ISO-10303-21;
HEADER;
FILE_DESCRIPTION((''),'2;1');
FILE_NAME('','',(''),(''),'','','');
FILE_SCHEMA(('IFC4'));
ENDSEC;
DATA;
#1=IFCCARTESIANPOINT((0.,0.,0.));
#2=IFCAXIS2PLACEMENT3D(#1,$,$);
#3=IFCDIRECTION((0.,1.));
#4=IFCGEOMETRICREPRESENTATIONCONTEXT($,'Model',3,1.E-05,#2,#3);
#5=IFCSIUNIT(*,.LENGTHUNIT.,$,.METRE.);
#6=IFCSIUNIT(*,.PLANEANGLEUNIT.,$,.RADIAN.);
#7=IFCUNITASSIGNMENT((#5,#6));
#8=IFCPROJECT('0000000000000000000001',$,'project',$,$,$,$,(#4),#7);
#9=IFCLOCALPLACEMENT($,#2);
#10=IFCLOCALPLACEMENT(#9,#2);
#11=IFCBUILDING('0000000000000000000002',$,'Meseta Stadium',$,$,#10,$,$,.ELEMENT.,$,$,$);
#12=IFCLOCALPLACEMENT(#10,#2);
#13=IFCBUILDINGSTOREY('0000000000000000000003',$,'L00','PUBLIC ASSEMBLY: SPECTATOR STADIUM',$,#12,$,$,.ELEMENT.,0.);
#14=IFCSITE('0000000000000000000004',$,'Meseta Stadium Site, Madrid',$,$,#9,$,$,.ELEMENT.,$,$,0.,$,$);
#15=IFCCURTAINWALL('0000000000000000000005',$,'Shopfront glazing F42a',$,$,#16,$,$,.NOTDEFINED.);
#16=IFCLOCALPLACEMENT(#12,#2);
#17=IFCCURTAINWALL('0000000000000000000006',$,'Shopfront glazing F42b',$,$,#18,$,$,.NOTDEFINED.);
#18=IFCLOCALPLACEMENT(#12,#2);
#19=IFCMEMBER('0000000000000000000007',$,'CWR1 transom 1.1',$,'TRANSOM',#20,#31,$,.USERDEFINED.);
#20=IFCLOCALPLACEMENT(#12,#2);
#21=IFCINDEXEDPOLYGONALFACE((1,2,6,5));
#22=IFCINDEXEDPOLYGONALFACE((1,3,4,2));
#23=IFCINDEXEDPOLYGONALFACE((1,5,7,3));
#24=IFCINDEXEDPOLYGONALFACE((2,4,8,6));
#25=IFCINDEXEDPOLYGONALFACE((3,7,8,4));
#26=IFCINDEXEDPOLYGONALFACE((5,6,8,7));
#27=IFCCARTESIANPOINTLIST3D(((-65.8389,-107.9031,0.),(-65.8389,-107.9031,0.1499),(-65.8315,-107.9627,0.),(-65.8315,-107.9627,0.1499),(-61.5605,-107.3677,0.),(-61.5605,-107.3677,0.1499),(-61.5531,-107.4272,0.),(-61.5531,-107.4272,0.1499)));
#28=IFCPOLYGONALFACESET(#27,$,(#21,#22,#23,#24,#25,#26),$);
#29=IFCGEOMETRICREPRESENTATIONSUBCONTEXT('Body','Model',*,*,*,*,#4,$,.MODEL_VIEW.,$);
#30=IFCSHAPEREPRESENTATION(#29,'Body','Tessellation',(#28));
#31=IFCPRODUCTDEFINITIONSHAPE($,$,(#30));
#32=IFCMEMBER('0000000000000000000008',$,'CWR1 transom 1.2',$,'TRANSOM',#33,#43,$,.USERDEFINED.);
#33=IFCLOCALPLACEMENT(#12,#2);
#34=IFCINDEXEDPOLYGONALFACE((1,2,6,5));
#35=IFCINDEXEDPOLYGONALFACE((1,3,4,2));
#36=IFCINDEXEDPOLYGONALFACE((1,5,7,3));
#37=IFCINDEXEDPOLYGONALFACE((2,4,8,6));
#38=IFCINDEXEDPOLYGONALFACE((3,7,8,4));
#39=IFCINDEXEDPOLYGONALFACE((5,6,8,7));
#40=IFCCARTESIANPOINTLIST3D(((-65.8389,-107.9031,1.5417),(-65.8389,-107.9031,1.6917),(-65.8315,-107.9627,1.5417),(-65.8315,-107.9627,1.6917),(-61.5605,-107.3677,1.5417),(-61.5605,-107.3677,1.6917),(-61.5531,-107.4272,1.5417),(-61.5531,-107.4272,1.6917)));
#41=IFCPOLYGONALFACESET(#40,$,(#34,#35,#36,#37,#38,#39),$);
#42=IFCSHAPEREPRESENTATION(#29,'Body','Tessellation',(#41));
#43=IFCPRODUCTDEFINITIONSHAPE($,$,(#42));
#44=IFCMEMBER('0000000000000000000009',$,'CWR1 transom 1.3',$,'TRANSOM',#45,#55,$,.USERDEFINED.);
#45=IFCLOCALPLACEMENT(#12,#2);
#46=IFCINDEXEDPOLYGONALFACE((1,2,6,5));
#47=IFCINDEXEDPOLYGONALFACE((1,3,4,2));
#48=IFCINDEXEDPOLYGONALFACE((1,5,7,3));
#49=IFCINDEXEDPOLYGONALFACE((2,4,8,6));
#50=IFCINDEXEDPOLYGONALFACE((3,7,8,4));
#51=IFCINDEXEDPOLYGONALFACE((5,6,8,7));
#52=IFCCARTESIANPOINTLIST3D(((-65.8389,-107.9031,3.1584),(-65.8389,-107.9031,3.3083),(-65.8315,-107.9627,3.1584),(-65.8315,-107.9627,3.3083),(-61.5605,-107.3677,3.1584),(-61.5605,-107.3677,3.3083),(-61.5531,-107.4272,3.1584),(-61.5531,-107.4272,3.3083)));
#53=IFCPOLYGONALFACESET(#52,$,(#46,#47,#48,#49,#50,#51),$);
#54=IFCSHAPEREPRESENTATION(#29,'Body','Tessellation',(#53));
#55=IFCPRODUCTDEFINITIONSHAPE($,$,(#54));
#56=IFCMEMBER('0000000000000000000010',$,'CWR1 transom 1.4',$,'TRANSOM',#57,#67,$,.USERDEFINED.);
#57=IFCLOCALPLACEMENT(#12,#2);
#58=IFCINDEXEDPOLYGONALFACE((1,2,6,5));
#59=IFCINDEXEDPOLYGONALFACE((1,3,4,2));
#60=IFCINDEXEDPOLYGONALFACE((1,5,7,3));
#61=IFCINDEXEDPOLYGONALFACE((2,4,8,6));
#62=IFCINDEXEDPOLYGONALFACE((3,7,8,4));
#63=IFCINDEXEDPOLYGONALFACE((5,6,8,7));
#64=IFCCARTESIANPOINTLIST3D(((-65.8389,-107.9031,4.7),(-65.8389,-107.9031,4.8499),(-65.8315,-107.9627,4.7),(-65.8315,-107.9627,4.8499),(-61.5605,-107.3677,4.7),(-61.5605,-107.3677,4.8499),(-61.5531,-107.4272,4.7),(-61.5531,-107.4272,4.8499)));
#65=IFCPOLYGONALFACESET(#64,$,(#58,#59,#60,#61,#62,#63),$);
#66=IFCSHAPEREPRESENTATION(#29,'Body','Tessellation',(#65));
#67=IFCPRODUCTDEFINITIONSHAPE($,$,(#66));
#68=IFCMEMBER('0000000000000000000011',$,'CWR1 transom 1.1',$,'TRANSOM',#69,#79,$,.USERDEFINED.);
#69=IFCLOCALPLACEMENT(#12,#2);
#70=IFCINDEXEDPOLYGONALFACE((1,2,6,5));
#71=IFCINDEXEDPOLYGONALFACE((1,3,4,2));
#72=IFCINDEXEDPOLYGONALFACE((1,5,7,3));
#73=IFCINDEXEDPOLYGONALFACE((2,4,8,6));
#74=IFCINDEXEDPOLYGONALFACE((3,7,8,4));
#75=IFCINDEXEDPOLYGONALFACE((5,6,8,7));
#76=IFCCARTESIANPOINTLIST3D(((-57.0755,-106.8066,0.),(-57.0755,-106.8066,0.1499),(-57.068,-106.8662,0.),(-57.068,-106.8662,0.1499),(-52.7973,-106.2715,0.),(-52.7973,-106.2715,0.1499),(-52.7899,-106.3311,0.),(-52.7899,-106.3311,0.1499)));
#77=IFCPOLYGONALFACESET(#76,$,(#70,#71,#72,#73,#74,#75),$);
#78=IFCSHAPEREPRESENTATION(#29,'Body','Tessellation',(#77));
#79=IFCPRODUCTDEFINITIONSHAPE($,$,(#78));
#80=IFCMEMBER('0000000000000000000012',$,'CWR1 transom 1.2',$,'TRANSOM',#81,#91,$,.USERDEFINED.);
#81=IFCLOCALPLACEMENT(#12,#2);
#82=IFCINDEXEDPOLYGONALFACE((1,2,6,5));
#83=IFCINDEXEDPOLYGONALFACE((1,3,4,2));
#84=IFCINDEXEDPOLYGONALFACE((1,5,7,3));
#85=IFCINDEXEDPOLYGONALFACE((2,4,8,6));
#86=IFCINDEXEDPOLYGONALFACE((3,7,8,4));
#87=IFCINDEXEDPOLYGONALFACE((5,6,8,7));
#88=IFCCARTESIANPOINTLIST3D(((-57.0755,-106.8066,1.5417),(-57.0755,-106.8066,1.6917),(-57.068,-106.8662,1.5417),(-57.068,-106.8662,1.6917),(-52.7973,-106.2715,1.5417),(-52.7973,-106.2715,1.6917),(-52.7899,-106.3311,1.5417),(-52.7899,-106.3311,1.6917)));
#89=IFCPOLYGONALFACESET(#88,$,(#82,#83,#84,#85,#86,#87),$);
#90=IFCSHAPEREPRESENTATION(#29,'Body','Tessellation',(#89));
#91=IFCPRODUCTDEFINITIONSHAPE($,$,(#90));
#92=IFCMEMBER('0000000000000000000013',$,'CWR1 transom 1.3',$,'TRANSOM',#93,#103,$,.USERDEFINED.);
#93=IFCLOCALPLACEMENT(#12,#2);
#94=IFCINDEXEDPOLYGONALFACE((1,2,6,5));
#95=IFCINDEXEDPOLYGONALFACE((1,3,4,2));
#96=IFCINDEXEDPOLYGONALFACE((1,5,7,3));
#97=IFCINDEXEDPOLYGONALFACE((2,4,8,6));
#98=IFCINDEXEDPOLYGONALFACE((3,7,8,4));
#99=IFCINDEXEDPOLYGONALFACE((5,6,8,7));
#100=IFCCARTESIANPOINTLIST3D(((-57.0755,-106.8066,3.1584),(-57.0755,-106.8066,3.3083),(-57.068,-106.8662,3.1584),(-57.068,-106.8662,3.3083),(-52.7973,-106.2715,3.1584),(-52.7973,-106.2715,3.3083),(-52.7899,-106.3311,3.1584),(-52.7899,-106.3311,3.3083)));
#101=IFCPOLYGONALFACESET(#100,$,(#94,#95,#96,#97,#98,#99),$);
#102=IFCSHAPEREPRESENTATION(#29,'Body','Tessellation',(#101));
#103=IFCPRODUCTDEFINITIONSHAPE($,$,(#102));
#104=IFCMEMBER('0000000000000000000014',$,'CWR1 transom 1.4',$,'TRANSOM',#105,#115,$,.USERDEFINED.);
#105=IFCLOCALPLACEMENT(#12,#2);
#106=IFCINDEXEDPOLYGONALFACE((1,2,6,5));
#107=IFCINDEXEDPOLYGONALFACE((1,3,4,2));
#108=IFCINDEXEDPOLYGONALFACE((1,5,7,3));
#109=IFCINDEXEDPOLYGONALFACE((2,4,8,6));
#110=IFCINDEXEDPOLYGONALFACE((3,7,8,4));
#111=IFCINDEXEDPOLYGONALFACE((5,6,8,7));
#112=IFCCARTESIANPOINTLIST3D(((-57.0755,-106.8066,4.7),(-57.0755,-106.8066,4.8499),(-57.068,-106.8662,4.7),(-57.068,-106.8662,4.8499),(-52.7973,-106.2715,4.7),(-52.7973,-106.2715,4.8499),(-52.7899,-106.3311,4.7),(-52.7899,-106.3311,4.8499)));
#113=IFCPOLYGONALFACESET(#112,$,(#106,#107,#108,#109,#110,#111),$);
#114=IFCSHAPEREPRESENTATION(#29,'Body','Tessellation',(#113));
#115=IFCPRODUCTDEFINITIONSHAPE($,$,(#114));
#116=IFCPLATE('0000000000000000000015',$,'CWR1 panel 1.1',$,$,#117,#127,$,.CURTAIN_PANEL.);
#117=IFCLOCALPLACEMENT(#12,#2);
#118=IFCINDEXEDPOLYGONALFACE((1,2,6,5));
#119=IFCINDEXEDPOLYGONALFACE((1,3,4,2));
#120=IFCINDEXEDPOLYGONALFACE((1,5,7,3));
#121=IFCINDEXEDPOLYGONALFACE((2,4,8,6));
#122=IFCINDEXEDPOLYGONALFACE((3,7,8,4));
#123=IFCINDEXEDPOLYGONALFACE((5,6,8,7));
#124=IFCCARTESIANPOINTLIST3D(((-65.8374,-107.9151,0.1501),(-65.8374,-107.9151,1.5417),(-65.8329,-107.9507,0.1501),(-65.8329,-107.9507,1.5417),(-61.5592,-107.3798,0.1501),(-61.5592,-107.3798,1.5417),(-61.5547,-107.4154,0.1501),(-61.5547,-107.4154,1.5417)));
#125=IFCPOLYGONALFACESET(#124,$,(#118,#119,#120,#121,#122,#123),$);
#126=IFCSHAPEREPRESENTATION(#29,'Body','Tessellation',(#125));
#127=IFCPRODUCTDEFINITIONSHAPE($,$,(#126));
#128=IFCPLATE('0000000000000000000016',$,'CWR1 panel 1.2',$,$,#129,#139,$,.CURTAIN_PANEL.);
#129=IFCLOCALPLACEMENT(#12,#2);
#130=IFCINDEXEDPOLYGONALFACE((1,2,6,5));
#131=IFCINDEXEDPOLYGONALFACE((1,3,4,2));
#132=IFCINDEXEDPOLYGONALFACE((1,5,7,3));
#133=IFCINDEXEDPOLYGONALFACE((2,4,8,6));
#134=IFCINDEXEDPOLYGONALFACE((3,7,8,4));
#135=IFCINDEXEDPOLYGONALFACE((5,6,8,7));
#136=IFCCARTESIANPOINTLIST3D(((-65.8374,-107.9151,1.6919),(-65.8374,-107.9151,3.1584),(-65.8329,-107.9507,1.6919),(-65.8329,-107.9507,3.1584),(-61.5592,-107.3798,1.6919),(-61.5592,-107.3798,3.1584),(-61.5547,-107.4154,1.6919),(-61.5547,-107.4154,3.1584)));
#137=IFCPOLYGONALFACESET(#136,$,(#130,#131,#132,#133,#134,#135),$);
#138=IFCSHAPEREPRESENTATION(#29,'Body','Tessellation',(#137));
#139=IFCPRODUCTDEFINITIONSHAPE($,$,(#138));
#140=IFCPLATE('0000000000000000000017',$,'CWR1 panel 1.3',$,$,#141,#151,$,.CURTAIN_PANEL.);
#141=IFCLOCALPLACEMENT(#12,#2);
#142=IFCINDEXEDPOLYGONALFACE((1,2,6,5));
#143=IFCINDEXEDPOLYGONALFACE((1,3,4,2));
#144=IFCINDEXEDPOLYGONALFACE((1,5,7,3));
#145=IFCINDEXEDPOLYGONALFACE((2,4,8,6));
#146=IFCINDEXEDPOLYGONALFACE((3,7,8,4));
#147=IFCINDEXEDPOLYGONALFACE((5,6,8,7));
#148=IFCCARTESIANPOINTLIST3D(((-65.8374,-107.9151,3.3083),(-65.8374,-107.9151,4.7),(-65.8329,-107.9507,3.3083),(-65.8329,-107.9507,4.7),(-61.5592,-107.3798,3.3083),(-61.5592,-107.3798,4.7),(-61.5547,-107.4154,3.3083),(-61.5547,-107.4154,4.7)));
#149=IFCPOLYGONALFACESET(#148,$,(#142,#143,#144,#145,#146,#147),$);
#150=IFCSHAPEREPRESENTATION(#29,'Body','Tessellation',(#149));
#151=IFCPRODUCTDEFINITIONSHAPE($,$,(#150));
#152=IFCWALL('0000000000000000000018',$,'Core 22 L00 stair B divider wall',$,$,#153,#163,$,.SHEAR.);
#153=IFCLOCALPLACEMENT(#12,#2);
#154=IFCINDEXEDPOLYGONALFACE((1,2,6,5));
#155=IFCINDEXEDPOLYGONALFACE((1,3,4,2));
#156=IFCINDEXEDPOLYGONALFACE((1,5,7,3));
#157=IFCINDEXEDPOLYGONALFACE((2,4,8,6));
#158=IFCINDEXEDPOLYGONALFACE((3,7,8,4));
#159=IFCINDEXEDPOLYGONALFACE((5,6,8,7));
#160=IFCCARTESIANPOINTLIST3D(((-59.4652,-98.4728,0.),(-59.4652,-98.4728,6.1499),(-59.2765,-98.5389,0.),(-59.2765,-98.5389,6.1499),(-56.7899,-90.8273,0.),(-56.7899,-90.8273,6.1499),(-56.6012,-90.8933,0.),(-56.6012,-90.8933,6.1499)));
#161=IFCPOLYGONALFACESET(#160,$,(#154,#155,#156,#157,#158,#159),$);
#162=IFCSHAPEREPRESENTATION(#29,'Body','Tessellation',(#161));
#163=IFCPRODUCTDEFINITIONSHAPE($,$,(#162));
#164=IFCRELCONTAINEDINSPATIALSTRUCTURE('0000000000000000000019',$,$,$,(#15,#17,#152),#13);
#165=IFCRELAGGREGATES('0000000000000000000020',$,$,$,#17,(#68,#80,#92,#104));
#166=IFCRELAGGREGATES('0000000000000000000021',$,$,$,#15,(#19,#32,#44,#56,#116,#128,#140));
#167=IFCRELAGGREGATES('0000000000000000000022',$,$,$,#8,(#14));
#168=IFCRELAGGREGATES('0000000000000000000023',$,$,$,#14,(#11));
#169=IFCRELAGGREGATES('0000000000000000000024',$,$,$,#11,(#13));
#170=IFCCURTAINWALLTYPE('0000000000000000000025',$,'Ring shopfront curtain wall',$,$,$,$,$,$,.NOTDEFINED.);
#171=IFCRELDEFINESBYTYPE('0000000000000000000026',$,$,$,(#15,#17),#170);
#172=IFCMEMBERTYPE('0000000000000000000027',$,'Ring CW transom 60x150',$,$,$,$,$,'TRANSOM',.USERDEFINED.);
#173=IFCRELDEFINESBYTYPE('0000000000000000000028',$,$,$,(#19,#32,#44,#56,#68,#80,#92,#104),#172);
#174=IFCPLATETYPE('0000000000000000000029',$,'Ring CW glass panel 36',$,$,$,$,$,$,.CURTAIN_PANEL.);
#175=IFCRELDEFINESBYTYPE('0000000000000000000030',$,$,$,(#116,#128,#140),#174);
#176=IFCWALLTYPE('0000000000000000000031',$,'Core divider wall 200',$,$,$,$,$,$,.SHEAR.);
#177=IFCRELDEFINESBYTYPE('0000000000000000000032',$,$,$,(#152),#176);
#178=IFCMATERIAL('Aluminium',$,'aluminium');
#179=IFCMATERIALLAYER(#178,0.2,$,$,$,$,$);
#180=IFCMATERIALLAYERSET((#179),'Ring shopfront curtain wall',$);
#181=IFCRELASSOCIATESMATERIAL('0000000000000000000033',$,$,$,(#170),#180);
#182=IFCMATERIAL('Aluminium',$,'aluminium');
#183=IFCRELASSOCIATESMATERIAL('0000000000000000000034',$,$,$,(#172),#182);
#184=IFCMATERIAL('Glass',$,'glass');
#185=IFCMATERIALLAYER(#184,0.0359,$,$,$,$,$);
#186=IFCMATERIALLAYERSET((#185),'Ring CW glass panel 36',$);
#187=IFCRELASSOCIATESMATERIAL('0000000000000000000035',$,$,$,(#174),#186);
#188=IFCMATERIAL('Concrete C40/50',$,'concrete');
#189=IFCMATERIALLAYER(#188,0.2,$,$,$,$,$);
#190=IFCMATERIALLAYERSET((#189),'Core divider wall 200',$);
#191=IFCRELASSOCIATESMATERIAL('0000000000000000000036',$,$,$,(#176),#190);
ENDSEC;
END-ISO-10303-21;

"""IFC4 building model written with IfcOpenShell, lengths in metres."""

from ifc_helpers import new_model, si_unit, direction, frame, frame_2d, origin, origin_2d, place, context, subcontext, project, spatial, rectangle, extrude, material, layer, layer_set, material_profile, profile_set, type_object, element, aggregate, save


model = new_model("IFC4")

# Units and contexts
model_context = context("Model", 3, precision=1e-05, world=origin(), true_north=direction((0.0, 1.0)))
body_context = subcontext(model_context, "Body", "Model", "MODEL_VIEW")
ifc_project = project(units=[si_unit("LENGTHUNIT", "METRE"), si_unit("PLANEANGLEUNIT", "RADIAN")], contexts=[model_context])

# Site, building, storey
site_placement = place(None, origin())
site = spatial("IfcSite", under=ifc_project, at=site_placement, Name="Meseta Stadium Site, Madrid", CompositionType="ELEMENT", RefElevation=0.0)
building_placement = place(site_placement, origin())
building = spatial("IfcBuilding", under=site, at=building_placement, Name="Meseta Stadium", CompositionType="ELEMENT")
storey_placement = place(building_placement, origin())
storey = spatial("IfcBuildingStorey", under=building, at=storey_placement, Name="L00", Description="PUBLIC ASSEMBLY: SPECTATOR STADIUM", CompositionType="ELEMENT", Elevation=0.0)

# Curtain wall
ifc_material_1 = material(Name="Aluminium", Category="aluminium")
ifc_layer_1 = layer(ifc_material_1, 0.2)
ifc_layer_set_1 = layer_set([ifc_layer_1], Name="Ring shopfront curtain wall")
curtain_wall_type = type_object("IfcCurtainWallType", Name="Ring shopfront curtain wall", PredefinedType="NOTDEFINED", material=ifc_layer_set_1)
curtain_wall_1_placement = place(storey_placement, origin())
curtain_wall_1 = element("IfcCurtainWall", 1, at=curtain_wall_1_placement, inside=storey, type_object=curtain_wall_type, Name="Shopfront glazing F42a", PredefinedType="NOTDEFINED")

# Curtain wall
curtain_wall_2_placement = place(storey_placement, origin())
curtain_wall_2 = element("IfcCurtainWall", 2, at=curtain_wall_2_placement, inside=storey, type_object=curtain_wall_type, Name="Shopfront glazing F42b", PredefinedType="NOTDEFINED")

# Members
ifc_material_2 = material(Name="Aluminium", Category="aluminium")
ifc_material_profile_1 = material_profile(ifc_material_2, rectangle(XDim=0.0601, YDim=0.1499, at=origin_2d()), Name="CW 60x150")
ifc_profile_set_1 = profile_set([ifc_material_profile_1], Name="Aluminium")
member_type_1 = type_object("IfcMemberType", Name="Ring CW transom 60x150", ElementType="TRANSOM", PredefinedType="USERDEFINED", material=ifc_profile_set_1)
member_1_placement = place(storey_placement, frame((-65.8352, -107.9329, 0.075), z_axis=(0.99226, 0.124174, 0.0), x_axis=(-0.124174, 0.99226, 0.0)))
member_1 = element("IfcMember", 3, at=member_1_placement, type_object=member_type_1, Name="CWR1 transom 1.1", ObjectType="TRANSOM", PredefinedType="USERDEFINED", context=body_context, shape_type="SweptSolid", body=[
    extrude(rectangle(XDim=0.0601, YDim=0.1499, at=origin_2d()), origin(), (0.0, 0.0, 1.0), 4.3118),
])
member_2_placement = place(storey_placement, frame((-65.8352, -107.9329, 1.6167), z_axis=(0.99226, 0.124174, 0.0), x_axis=(-0.124174, 0.99226, 0.0)))
member_2 = element("IfcMember", 4, at=member_2_placement, type_object=member_type_1, Name="CWR1 transom 1.2", ObjectType="TRANSOM", PredefinedType="USERDEFINED", context=body_context, shape_type="SweptSolid", body=[
    extrude(rectangle(XDim=0.0601, YDim=0.1499, at=origin_2d()), origin(), (0.0, 0.0, 1.0), 4.3118),
])
member_3_placement = place(storey_placement, frame((-65.8352, -107.9329, 3.2334), z_axis=(0.99226, 0.124174, 0.0), x_axis=(-0.124174, 0.99226, 0.0)))
member_3 = element("IfcMember", 5, at=member_3_placement, type_object=member_type_1, Name="CWR1 transom 1.3", ObjectType="TRANSOM", PredefinedType="USERDEFINED", context=body_context, shape_type="SweptSolid", body=[
    extrude(rectangle(XDim=0.0601, YDim=0.1499, at=origin_2d()), origin(), (0.0, 0.0, 1.0), 4.3118),
])
member_4_placement = place(storey_placement, frame((-65.8352, -107.9329, 4.7749), z_axis=(0.99226, 0.124174, 0.0), x_axis=(-0.124174, 0.99226, 0.0)))
member_4 = element("IfcMember", 6, at=member_4_placement, type_object=member_type_1, Name="CWR1 transom 1.4", ObjectType="TRANSOM", PredefinedType="USERDEFINED", context=body_context, shape_type="SweptSolid", body=[
    extrude(rectangle(XDim=0.0601, YDim=0.1499, at=origin_2d()), origin(), (0.0, 0.0, 1.0), 4.3118),
])
member_5_placement = place(storey_placement, frame((-57.0718, -106.8364, 0.075), z_axis=(0.992267, 0.124125, 0.0), x_axis=(-0.124125, 0.992267, 0.0)))
member_5 = element("IfcMember", 7, at=member_5_placement, type_object=member_type_1, Name="CWR1 transom 1.1", ObjectType="TRANSOM", PredefinedType="USERDEFINED", context=body_context, shape_type="SweptSolid", body=[
    extrude(rectangle(XDim=0.0601, YDim=0.1499, at=origin_2d()), origin(), (0.0, 0.0, 1.0), 4.3115),
])
member_6_placement = place(storey_placement, frame((-57.0718, -106.8364, 1.6167), z_axis=(0.992267, 0.124125, 0.0), x_axis=(-0.124125, 0.992267, 0.0)))
member_6 = element("IfcMember", 8, at=member_6_placement, type_object=member_type_1, Name="CWR1 transom 1.2", ObjectType="TRANSOM", PredefinedType="USERDEFINED", context=body_context, shape_type="SweptSolid", body=[
    extrude(rectangle(XDim=0.0601, YDim=0.1499, at=origin_2d()), origin(), (0.0, 0.0, 1.0), 4.3115),
])
member_7_placement = place(storey_placement, frame((-57.0718, -106.8364, 3.2334), z_axis=(0.992267, 0.124125, 0.0), x_axis=(-0.124125, 0.992267, 0.0)))
member_7 = element("IfcMember", 9, at=member_7_placement, type_object=member_type_1, Name="CWR1 transom 1.3", ObjectType="TRANSOM", PredefinedType="USERDEFINED", context=body_context, shape_type="SweptSolid", body=[
    extrude(rectangle(XDim=0.0601, YDim=0.1499, at=origin_2d()), origin(), (0.0, 0.0, 1.0), 4.3115),
])
member_8_placement = place(storey_placement, frame((-57.0718, -106.8364, 4.7749), z_axis=(0.992267, 0.124125, 0.0), x_axis=(-0.124125, 0.992267, 0.0)))
member_8 = element("IfcMember", 10, at=member_8_placement, type_object=member_type_1, Name="CWR1 transom 1.4", ObjectType="TRANSOM", PredefinedType="USERDEFINED", context=body_context, shape_type="SweptSolid", body=[
    extrude(rectangle(XDim=0.0601, YDim=0.1499, at=origin_2d()), origin(), (0.0, 0.0, 1.0), 4.3115),
])
aggregate(curtain_wall_2, [member_5, member_6, member_7, member_8])

# Plates
ifc_material_3 = material(Name="Glass", Category="glass")
ifc_layer_2 = layer(ifc_material_3, 0.0359)
ifc_layer_set_2 = layer_set([ifc_layer_2], Name="Ring CW glass panel 36")
plate_type = type_object("IfcPlateType", Name="Ring CW glass panel 36", PredefinedType="CURTAIN_PANEL", material=ifc_layer_set_2)
plate_1_placement = place(storey_placement, frame((-63.696, -107.6653, 0.1501), z_axis=(0.0, 0.0, 1.0), x_axis=(0.992263, 0.124154, 0.0)))
plate_1 = element("IfcPlate", 11, at=plate_1_placement, type_object=plate_type, Name="CWR1 panel 1.1", PredefinedType="CURTAIN_PANEL", context=body_context, shape_type="SweptSolid", body=[
    extrude(rectangle(XDim=4.3115, YDim=0.0359, at=origin_2d()), origin(), (0.0, 0.0, 1.0), 1.3916),
])
plate_2_placement = place(storey_placement, frame((-63.696, -107.6653, 1.6919), z_axis=(0.0, 0.0, 1.0), x_axis=(0.992263, 0.124154, 0.0)))
plate_2 = element("IfcPlate", 12, at=plate_2_placement, type_object=plate_type, Name="CWR1 panel 1.2", PredefinedType="CURTAIN_PANEL", context=body_context, shape_type="SweptSolid", body=[
    extrude(rectangle(XDim=4.3115, YDim=0.0359, at=origin_2d()), origin(), (0.0, 0.0, 1.0), 1.4666),
])
plate_3_placement = place(storey_placement, frame((-63.696, -107.6653, 3.3083), z_axis=(0.0, 0.0, 1.0), x_axis=(0.992263, 0.124154, 0.0)))
plate_3 = element("IfcPlate", 13, at=plate_3_placement, type_object=plate_type, Name="CWR1 panel 1.3", PredefinedType="CURTAIN_PANEL", context=body_context, shape_type="SweptSolid", body=[
    extrude(rectangle(XDim=4.3115, YDim=0.0359, at=origin_2d()), origin(), (0.0, 0.0, 1.0), 1.3916),
])
aggregate(curtain_wall_1, [member_1, member_2, member_3, member_4, plate_1, plate_2, plate_3])

# Wall
ifc_material_4 = material(Name="Concrete C40/50", Category="concrete")
ifc_layer_3 = layer(ifc_material_4, 0.2)
ifc_layer_set_3 = layer_set([ifc_layer_3], Name="Core divider wall 200")
wall_type_1 = type_object("IfcWallType", Name="Core divider wall 200", PredefinedType="SHEAR", material=ifc_layer_set_3)
wall_1_placement = place(storey_placement, frame((-59.3708, -98.5059, 0.0), z_axis=(0.0, 0.0, 1.0), x_axis=(0.330281, 0.943883, 0.0)))
element("IfcWall", 14, at=wall_1_placement, inside=storey, type_object=wall_type_1, Name="Core 22 L00 stair B divider wall", PredefinedType="SHEAR", context=body_context, shape_type="SweptSolid", body=[
    extrude(rectangle(XDim=8.1001, YDim=0.2, at=frame_2d((4.05, 0.0))), origin(), (0.0, 0.0, 1.0), 6.1499),
])

save(model, "model.ifc")
